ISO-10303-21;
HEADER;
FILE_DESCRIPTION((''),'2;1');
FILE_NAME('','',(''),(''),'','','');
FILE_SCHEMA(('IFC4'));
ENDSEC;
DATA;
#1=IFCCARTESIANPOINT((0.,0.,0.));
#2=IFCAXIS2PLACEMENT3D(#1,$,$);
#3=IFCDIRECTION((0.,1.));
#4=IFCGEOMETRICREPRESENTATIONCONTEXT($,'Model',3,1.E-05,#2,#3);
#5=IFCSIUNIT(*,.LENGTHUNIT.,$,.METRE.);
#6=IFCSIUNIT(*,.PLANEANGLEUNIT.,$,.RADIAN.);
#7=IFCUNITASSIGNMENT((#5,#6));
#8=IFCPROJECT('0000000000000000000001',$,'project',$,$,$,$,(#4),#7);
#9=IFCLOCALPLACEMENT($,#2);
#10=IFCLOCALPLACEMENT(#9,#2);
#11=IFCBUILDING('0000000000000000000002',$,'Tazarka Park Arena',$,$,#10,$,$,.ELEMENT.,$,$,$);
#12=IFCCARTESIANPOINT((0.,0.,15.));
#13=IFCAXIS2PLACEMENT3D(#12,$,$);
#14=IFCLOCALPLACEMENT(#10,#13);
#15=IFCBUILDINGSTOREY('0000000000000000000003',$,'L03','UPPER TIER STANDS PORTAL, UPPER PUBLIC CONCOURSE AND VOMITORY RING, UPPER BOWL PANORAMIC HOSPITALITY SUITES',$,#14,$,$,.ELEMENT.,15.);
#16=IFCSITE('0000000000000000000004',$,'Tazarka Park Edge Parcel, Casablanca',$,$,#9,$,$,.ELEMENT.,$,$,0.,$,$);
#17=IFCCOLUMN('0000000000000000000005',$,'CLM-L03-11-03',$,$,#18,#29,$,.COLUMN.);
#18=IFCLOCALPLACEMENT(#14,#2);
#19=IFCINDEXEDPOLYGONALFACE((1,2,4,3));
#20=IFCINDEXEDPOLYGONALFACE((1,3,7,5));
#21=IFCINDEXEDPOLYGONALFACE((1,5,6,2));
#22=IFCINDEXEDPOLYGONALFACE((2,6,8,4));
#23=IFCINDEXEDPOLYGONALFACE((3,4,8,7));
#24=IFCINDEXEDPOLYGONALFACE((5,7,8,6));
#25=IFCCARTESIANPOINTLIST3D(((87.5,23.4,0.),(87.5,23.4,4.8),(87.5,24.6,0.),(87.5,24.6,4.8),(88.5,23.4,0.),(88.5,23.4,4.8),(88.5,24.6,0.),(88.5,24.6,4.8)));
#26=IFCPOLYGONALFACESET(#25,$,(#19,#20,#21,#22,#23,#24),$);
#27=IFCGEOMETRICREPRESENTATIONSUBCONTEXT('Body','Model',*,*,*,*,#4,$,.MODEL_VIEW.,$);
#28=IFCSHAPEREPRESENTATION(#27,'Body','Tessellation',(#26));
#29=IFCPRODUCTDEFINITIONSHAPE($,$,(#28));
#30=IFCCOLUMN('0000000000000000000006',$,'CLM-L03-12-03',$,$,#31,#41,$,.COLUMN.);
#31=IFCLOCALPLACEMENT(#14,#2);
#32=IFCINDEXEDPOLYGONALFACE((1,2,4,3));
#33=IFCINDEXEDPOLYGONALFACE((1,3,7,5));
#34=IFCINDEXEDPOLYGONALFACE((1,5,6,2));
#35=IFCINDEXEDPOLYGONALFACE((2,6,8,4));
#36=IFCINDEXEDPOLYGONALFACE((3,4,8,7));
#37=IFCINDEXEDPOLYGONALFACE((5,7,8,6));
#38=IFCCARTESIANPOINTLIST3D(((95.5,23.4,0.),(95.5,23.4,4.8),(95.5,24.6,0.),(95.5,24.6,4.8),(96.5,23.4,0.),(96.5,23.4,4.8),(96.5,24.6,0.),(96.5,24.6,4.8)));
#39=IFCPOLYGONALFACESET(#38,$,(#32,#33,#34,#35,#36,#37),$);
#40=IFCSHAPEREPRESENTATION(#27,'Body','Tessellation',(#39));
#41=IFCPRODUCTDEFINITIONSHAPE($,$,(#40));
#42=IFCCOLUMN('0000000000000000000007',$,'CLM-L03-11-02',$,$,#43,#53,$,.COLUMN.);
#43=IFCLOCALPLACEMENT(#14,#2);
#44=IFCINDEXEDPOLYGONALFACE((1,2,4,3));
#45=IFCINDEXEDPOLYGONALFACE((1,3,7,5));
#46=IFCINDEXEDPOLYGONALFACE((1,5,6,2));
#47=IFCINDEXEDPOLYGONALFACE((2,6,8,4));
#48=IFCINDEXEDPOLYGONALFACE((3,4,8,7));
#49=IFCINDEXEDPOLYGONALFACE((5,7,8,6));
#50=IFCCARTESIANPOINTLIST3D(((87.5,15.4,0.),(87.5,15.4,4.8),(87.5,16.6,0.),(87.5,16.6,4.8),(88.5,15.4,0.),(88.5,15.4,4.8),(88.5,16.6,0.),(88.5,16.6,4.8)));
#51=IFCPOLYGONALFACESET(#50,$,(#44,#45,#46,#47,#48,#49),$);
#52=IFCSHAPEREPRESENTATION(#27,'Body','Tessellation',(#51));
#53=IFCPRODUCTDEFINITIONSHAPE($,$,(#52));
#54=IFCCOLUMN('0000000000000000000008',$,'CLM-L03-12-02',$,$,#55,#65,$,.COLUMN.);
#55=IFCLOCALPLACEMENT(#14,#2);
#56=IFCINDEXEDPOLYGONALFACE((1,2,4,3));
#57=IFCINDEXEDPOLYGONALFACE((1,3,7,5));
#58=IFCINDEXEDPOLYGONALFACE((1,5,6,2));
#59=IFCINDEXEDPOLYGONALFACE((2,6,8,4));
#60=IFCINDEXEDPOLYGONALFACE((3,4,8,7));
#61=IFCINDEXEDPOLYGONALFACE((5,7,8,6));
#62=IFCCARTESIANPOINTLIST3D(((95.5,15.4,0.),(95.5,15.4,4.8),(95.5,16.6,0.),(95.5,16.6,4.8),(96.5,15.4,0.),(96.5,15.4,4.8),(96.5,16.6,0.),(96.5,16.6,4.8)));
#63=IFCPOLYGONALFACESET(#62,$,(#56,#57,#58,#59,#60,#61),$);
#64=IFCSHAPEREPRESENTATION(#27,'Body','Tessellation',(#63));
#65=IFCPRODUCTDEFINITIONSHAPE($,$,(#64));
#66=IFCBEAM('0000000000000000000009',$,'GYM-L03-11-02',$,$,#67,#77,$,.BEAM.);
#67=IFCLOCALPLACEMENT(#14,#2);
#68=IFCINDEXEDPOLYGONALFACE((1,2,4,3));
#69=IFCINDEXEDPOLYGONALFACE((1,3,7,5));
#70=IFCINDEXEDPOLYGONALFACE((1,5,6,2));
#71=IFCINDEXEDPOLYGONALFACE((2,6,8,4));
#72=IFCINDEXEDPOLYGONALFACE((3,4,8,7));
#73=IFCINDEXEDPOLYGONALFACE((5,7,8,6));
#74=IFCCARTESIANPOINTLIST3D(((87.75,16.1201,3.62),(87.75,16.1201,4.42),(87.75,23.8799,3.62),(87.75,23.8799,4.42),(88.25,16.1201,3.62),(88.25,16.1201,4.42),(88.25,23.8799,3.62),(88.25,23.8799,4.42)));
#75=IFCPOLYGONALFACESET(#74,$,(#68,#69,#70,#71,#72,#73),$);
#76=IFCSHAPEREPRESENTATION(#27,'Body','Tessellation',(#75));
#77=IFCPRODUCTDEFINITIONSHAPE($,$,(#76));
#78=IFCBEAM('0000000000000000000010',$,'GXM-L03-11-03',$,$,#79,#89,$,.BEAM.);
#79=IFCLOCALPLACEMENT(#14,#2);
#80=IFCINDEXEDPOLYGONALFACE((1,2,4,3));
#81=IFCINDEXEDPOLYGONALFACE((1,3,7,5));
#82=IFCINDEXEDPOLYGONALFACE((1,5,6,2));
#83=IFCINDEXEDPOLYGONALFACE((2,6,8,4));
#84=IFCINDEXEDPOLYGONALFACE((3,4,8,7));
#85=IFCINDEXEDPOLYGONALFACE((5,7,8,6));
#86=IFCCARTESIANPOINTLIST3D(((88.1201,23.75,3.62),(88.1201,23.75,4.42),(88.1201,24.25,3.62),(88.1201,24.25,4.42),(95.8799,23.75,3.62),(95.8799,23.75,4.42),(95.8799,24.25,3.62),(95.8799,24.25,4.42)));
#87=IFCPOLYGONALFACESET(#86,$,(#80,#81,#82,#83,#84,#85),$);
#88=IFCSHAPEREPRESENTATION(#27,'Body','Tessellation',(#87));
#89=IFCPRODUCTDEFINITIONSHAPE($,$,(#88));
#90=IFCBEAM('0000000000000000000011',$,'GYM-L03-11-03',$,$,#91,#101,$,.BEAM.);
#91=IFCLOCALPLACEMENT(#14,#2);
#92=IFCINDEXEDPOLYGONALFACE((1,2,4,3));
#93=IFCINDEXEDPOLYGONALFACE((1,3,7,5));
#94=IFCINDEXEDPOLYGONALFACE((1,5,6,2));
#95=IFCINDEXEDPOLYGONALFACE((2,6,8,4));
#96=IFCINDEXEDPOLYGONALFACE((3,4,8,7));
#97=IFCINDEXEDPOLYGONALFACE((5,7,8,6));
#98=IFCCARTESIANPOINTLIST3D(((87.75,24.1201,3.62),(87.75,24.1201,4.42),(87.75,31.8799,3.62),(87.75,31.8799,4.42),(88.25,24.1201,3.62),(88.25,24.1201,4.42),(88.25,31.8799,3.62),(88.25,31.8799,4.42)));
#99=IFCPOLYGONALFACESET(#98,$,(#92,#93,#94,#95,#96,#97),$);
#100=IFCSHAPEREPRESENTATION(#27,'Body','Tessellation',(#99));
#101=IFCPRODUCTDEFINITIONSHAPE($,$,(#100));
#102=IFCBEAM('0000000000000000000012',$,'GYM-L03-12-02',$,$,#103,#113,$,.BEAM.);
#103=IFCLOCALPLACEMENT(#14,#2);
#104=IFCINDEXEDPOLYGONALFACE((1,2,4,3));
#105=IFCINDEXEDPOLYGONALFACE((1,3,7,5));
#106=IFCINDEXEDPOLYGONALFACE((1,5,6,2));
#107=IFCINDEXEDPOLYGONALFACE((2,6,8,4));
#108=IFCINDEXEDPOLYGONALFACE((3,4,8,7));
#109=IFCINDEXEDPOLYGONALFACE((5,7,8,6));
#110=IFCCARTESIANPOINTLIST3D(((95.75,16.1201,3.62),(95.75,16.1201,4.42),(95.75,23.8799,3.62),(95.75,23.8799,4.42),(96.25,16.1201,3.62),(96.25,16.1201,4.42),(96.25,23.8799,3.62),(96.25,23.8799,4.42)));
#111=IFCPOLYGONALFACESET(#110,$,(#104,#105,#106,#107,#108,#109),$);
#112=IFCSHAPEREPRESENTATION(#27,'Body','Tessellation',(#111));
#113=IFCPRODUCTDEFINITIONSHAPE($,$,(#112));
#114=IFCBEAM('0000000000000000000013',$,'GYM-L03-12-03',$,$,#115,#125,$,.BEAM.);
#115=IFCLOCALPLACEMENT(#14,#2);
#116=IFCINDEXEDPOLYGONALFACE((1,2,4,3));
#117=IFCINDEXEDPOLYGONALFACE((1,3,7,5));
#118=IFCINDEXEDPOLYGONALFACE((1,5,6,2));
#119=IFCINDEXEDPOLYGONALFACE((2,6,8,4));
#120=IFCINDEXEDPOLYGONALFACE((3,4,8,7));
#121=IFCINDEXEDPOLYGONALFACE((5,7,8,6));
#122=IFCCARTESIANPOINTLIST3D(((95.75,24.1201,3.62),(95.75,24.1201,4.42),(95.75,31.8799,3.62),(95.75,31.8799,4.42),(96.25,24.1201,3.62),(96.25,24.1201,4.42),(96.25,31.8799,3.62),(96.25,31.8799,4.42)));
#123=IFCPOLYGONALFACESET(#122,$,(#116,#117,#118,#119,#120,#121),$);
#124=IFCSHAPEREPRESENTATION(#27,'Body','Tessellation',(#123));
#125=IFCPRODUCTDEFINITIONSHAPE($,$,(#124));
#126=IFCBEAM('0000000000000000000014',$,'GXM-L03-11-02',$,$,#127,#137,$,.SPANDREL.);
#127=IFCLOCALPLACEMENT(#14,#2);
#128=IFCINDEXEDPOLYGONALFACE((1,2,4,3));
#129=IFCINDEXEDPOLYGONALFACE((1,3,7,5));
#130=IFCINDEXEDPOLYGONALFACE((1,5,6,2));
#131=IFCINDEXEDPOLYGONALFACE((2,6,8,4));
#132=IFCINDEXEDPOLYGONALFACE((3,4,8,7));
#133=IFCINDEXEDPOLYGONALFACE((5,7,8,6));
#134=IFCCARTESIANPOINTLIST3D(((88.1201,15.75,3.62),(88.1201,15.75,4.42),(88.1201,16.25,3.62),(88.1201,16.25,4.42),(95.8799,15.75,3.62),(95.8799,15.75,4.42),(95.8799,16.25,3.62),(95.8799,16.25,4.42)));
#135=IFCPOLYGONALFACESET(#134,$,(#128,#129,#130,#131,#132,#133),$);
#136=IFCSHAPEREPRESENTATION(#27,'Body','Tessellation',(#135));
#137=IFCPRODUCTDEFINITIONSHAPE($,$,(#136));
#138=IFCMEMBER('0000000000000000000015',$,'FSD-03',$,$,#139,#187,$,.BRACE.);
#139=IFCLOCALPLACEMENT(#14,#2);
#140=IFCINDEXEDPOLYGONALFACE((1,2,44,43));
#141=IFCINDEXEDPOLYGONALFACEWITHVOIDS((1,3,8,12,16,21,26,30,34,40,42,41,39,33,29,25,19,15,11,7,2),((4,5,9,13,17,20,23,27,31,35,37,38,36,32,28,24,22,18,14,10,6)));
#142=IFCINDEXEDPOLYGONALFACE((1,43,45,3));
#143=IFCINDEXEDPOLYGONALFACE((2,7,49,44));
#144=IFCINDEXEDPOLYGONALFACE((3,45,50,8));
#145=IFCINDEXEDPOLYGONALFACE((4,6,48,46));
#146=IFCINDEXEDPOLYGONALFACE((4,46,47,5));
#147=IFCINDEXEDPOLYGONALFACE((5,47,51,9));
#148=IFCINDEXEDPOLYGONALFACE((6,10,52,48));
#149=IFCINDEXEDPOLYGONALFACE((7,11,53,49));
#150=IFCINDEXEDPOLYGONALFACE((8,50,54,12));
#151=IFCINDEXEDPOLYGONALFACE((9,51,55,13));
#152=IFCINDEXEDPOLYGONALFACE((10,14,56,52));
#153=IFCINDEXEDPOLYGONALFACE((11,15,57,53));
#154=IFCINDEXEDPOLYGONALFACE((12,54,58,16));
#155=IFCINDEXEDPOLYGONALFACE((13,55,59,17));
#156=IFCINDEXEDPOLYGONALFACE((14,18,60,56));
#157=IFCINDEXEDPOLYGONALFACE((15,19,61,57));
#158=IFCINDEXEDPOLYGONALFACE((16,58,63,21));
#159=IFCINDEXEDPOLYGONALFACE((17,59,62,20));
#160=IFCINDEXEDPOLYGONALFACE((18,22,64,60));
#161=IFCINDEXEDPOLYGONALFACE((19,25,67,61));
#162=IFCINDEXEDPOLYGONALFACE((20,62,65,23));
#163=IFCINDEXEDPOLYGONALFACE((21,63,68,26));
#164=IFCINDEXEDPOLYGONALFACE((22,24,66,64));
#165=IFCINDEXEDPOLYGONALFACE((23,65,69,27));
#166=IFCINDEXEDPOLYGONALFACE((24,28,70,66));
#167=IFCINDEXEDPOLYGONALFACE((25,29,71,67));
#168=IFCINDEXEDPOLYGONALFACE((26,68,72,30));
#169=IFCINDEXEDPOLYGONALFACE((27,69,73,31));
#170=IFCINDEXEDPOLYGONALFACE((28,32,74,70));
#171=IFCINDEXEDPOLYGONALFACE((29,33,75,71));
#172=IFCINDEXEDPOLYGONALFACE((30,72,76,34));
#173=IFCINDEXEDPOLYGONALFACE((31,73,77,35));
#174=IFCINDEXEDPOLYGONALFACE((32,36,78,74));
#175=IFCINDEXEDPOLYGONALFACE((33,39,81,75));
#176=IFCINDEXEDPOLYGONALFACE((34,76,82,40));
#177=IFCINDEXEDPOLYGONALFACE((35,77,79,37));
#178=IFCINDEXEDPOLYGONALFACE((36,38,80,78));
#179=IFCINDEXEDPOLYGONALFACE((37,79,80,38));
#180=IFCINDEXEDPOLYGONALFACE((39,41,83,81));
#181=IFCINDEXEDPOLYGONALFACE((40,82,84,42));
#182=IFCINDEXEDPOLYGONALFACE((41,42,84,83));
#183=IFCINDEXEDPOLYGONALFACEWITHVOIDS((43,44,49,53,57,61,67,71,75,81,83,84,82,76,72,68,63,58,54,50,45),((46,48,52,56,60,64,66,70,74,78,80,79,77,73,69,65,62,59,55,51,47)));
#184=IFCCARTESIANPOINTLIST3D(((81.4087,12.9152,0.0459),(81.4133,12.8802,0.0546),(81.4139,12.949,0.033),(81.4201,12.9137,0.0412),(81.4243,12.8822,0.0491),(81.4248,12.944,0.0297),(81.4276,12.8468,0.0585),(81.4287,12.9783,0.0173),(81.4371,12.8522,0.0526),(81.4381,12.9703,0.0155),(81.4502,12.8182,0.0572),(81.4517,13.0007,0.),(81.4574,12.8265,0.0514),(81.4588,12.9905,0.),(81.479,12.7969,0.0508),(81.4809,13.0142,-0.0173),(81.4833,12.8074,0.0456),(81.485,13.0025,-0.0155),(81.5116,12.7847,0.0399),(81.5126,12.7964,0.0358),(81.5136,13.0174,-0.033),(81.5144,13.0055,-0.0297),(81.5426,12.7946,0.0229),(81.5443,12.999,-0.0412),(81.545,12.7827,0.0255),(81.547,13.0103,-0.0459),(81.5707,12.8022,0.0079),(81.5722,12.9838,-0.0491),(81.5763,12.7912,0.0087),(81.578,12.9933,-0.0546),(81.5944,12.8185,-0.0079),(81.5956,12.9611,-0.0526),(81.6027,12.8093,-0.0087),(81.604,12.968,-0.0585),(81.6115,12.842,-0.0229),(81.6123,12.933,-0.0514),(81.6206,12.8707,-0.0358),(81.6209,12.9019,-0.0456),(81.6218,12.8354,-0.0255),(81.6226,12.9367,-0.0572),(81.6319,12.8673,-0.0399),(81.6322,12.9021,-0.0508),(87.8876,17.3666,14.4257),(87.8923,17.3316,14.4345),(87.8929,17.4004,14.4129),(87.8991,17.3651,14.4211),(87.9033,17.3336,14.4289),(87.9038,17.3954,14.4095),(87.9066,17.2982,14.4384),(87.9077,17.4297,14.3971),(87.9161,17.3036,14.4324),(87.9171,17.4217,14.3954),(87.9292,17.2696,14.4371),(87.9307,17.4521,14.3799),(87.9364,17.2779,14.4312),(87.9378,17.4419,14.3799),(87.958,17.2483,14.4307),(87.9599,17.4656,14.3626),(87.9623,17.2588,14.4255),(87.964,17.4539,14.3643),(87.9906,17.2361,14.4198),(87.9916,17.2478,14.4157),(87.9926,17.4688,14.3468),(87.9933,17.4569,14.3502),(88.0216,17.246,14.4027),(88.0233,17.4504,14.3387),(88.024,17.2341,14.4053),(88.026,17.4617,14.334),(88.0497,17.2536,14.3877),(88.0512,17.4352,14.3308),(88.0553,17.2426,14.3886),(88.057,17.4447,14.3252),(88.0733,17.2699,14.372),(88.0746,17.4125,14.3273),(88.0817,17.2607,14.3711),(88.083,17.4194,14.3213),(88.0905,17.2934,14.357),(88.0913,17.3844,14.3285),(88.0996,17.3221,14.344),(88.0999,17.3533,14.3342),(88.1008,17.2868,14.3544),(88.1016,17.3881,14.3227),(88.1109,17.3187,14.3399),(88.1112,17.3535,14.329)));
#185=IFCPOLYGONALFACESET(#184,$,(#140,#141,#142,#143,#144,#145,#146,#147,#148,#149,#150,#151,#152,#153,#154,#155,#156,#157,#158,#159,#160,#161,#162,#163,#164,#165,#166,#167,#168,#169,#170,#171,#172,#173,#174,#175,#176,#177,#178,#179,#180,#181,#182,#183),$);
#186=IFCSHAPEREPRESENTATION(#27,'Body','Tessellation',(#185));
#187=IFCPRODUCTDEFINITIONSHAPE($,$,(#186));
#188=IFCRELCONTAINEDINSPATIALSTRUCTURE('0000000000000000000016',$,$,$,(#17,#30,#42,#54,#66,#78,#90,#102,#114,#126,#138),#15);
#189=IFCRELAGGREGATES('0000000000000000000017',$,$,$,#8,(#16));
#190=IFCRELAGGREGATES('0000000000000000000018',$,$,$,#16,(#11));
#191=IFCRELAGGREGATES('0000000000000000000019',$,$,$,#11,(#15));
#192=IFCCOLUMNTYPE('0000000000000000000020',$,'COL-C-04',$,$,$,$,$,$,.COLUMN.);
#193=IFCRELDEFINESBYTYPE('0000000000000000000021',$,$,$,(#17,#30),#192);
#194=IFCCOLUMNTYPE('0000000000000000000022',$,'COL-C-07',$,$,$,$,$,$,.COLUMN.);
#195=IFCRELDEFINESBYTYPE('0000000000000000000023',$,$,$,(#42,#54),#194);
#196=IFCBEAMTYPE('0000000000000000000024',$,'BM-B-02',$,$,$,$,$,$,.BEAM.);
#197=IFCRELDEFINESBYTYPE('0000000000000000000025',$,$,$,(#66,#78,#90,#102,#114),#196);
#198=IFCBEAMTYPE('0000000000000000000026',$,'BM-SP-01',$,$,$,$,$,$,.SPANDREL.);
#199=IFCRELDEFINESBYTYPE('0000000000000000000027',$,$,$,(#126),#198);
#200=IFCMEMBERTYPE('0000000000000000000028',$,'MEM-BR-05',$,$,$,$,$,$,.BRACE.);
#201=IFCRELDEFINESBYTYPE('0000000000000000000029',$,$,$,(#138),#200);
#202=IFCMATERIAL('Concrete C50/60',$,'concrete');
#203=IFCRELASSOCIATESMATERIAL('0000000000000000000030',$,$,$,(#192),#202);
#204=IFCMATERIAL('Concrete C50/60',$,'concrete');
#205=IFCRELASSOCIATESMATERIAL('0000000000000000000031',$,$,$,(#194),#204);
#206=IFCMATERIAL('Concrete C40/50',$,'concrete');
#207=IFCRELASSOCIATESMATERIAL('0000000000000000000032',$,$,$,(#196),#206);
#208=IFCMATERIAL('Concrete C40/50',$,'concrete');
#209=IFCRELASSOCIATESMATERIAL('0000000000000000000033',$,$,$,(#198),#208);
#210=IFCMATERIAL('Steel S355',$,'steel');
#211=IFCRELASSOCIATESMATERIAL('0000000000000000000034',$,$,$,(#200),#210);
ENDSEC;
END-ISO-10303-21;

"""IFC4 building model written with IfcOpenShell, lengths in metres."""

from ifc_helpers import new_model, si_unit, direction, frame, origin, origin_2d, place, context, subcontext, project, spatial, rectangle, hollow_circle, extrude, material, material_profile, profile_set, type_object, element, save


model = new_model("IFC4")

# Units and contexts
model_context = context("Model", 3, precision=1e-05, world=origin(), true_north=direction((0.0, 1.0)))
body_context = subcontext(model_context, "Body", "Model", "MODEL_VIEW")
ifc_project = project(units=[si_unit("LENGTHUNIT", "METRE"), si_unit("PLANEANGLEUNIT", "RADIAN")], contexts=[model_context])

# Site, building, storey
site_placement = place(None, origin())
site = spatial("IfcSite", under=ifc_project, at=site_placement, Name="Tazarka Park Edge Parcel, Casablanca", CompositionType="ELEMENT", RefElevation=0.0)
building_placement = place(site_placement, origin())
building = spatial("IfcBuilding", under=site, at=building_placement, Name="Tazarka Park Arena", CompositionType="ELEMENT")
storey_placement = place(building_placement, frame((0.0, 0.0, 15.0)))
storey = spatial("IfcBuildingStorey", under=building, at=storey_placement, Name="L03", Description="UPPER TIER STANDS PORTAL, UPPER PUBLIC CONCOURSE AND VOMITORY RING, UPPER BOWL PANORAMIC HOSPITALITY SUITES", CompositionType="ELEMENT", Elevation=15.0)

# Columns
ifc_material_1 = material(Name="Concrete C50/60", Category="concrete")
ifc_material_profile_1 = material_profile(ifc_material_1, rectangle(XDim=1.0, YDim=1.2, at=origin_2d()), Name="Concrete C50/60")
ifc_profile_set_1 = profile_set([ifc_material_profile_1], Name="Concrete C50/60")
column_type_1 = type_object("IfcColumnType", Name="COL-C-04", PredefinedType="COLUMN", material=ifc_profile_set_1)
for number, where, z_axis, x_axis, name in (
    (1, (88.0, 24.0, 0.0), (0.0, 0.0, 1.0), (1.0, 0.0, 0.0), "CLM-L03-11-03"),
    (2, (96.0, 24.0, 0.0), (0.0, 0.0, 1.0), (1.0, 0.0, 0.0), "CLM-L03-12-03"),
):
    element("IfcColumn", number, at=place(storey_placement, frame(where, z_axis=z_axis, x_axis=x_axis)), inside=storey, type_object=column_type_1, Name=name, PredefinedType="COLUMN", context=body_context, shape_type="SweptSolid", body=[
        extrude(rectangle(XDim=1.0, YDim=1.2, at=origin_2d()), origin(), (0.0, 0.0, 1.0), 4.8),
    ])
ifc_material_2 = material(Name="Concrete C50/60", Category="concrete")
ifc_material_profile_2 = material_profile(ifc_material_2, rectangle(XDim=1.0, YDim=1.2, at=origin_2d()), Name="Concrete C50/60")
ifc_profile_set_2 = profile_set([ifc_material_profile_2], Name="Concrete C50/60")
column_type_2 = type_object("IfcColumnType", Name="COL-C-07", PredefinedType="COLUMN", material=ifc_profile_set_2)
for number, where, z_axis, x_axis, name in (
    (3, (88.0, 16.0, 0.0), (0.0, 0.0, 1.0), (1.0, 0.0, 0.0), "CLM-L03-11-02"),
    (4, (96.0, 16.0, 0.0), (0.0, 0.0, 1.0), (1.0, 0.0, 0.0), "CLM-L03-12-02"),
):
    element("IfcColumn", number, at=place(storey_placement, frame(where, z_axis=z_axis, x_axis=x_axis)), inside=storey, type_object=column_type_2, Name=name, PredefinedType="COLUMN", context=body_context, shape_type="SweptSolid", body=[
        extrude(rectangle(XDim=1.0, YDim=1.2, at=origin_2d()), origin(), (0.0, 0.0, 1.0), 4.8),
    ])

# Beams
ifc_material_3 = material(Name="Concrete C40/50", Category="concrete")
ifc_material_profile_3 = material_profile(ifc_material_3, rectangle(XDim=0.5, YDim=0.8, at=origin_2d()), Name="Concrete C40/50")
ifc_profile_set_3 = profile_set([ifc_material_profile_3], Name="Concrete C40/50")
beam_type_1 = type_object("IfcBeamType", Name="BM-B-02", PredefinedType="BEAM", material=ifc_profile_set_3)
for number, where, z_axis, x_axis, name in (
    (5, (88.0, 16.1201, 4.02), (0.0, 1.0, 0.0), (-1.0, 0.0, 0.0), "GYM-L03-11-02"),
    (6, (88.1201, 24.0, 4.02), (1.0, 0.0, 0.0), (0.0, 1.0, 0.0), "GXM-L03-11-03"),
    (7, (88.0, 24.1201, 4.02), (0.0, 1.0, 0.0), (-1.0, 0.0, 0.0), "GYM-L03-11-03"),
    (8, (96.0, 16.1201, 4.02), (0.0, 1.0, 0.0), (-1.0, 0.0, 0.0), "GYM-L03-12-02"),
    (9, (96.0, 24.1201, 4.02), (0.0, 1.0, 0.0), (-1.0, 0.0, 0.0), "GYM-L03-12-03"),
):
    element("IfcBeam", number, at=place(storey_placement, frame(where, z_axis=z_axis, x_axis=x_axis)), inside=storey, type_object=beam_type_1, Name=name, PredefinedType="BEAM", context=body_context, shape_type="SweptSolid", body=[
        extrude(rectangle(XDim=0.5, YDim=0.8, at=origin_2d()), origin(), (0.0, 0.0, 1.0), 7.7598),
    ])
ifc_material_4 = material(Name="Concrete C40/50", Category="concrete")
ifc_material_profile_4 = material_profile(ifc_material_4, rectangle(XDim=0.5, YDim=0.8, at=origin_2d()), Name="Concrete C40/50")
ifc_profile_set_4 = profile_set([ifc_material_profile_4], Name="Concrete C40/50")
beam_type_2 = type_object("IfcBeamType", Name="BM-SP-01", PredefinedType="SPANDREL", material=ifc_profile_set_4)
beam_placement = place(storey_placement, frame((88.1201, 16.0, 4.02), z_axis=(1.0, 0.0, 0.0), x_axis=(0.0, 1.0, 0.0)))
element("IfcBeam", 10, at=beam_placement, inside=storey, type_object=beam_type_2, Name="GXM-L03-11-02", PredefinedType="SPANDREL", context=body_context, shape_type="SweptSolid", body=[
    extrude(rectangle(XDim=0.5, YDim=0.8, at=origin_2d()), origin(), (0.0, 0.0, 1.0), 7.7598),
])

# Member
ifc_material_5 = material(Name="Steel S355", Category="steel")
ifc_material_profile_5 = material_profile(ifc_material_5, hollow_circle(Radius=0.1223, WallThickness=0.0125, at=origin_2d()), Name="Steel S355")
ifc_profile_set_5 = profile_set([ifc_material_profile_5], Name="Steel S355")
member_type_1 = type_object("IfcMemberType", Name="MEM-BR-05", PredefinedType="BRACE", material=ifc_profile_set_5)
member_1_placement = place(storey_placement, frame((81.521, 12.8999, 0.0), z_axis=(0.395345, 0.271623, 0.877453), x_axis=(-0.566278, 0.824214, 0.0)))
element("IfcMember", 11, at=member_1_placement, inside=storey, type_object=member_type_1, Name="FSD-03", PredefinedType="BRACE", context=body_context, shape_type="SweptSolid", body=[
    extrude(hollow_circle(Radius=0.1223, WallThickness=0.0125, at=origin_2d()), origin(), (0.0, 0.0, 1.0), 16.3882),
])

save(model, "model.ifc")
